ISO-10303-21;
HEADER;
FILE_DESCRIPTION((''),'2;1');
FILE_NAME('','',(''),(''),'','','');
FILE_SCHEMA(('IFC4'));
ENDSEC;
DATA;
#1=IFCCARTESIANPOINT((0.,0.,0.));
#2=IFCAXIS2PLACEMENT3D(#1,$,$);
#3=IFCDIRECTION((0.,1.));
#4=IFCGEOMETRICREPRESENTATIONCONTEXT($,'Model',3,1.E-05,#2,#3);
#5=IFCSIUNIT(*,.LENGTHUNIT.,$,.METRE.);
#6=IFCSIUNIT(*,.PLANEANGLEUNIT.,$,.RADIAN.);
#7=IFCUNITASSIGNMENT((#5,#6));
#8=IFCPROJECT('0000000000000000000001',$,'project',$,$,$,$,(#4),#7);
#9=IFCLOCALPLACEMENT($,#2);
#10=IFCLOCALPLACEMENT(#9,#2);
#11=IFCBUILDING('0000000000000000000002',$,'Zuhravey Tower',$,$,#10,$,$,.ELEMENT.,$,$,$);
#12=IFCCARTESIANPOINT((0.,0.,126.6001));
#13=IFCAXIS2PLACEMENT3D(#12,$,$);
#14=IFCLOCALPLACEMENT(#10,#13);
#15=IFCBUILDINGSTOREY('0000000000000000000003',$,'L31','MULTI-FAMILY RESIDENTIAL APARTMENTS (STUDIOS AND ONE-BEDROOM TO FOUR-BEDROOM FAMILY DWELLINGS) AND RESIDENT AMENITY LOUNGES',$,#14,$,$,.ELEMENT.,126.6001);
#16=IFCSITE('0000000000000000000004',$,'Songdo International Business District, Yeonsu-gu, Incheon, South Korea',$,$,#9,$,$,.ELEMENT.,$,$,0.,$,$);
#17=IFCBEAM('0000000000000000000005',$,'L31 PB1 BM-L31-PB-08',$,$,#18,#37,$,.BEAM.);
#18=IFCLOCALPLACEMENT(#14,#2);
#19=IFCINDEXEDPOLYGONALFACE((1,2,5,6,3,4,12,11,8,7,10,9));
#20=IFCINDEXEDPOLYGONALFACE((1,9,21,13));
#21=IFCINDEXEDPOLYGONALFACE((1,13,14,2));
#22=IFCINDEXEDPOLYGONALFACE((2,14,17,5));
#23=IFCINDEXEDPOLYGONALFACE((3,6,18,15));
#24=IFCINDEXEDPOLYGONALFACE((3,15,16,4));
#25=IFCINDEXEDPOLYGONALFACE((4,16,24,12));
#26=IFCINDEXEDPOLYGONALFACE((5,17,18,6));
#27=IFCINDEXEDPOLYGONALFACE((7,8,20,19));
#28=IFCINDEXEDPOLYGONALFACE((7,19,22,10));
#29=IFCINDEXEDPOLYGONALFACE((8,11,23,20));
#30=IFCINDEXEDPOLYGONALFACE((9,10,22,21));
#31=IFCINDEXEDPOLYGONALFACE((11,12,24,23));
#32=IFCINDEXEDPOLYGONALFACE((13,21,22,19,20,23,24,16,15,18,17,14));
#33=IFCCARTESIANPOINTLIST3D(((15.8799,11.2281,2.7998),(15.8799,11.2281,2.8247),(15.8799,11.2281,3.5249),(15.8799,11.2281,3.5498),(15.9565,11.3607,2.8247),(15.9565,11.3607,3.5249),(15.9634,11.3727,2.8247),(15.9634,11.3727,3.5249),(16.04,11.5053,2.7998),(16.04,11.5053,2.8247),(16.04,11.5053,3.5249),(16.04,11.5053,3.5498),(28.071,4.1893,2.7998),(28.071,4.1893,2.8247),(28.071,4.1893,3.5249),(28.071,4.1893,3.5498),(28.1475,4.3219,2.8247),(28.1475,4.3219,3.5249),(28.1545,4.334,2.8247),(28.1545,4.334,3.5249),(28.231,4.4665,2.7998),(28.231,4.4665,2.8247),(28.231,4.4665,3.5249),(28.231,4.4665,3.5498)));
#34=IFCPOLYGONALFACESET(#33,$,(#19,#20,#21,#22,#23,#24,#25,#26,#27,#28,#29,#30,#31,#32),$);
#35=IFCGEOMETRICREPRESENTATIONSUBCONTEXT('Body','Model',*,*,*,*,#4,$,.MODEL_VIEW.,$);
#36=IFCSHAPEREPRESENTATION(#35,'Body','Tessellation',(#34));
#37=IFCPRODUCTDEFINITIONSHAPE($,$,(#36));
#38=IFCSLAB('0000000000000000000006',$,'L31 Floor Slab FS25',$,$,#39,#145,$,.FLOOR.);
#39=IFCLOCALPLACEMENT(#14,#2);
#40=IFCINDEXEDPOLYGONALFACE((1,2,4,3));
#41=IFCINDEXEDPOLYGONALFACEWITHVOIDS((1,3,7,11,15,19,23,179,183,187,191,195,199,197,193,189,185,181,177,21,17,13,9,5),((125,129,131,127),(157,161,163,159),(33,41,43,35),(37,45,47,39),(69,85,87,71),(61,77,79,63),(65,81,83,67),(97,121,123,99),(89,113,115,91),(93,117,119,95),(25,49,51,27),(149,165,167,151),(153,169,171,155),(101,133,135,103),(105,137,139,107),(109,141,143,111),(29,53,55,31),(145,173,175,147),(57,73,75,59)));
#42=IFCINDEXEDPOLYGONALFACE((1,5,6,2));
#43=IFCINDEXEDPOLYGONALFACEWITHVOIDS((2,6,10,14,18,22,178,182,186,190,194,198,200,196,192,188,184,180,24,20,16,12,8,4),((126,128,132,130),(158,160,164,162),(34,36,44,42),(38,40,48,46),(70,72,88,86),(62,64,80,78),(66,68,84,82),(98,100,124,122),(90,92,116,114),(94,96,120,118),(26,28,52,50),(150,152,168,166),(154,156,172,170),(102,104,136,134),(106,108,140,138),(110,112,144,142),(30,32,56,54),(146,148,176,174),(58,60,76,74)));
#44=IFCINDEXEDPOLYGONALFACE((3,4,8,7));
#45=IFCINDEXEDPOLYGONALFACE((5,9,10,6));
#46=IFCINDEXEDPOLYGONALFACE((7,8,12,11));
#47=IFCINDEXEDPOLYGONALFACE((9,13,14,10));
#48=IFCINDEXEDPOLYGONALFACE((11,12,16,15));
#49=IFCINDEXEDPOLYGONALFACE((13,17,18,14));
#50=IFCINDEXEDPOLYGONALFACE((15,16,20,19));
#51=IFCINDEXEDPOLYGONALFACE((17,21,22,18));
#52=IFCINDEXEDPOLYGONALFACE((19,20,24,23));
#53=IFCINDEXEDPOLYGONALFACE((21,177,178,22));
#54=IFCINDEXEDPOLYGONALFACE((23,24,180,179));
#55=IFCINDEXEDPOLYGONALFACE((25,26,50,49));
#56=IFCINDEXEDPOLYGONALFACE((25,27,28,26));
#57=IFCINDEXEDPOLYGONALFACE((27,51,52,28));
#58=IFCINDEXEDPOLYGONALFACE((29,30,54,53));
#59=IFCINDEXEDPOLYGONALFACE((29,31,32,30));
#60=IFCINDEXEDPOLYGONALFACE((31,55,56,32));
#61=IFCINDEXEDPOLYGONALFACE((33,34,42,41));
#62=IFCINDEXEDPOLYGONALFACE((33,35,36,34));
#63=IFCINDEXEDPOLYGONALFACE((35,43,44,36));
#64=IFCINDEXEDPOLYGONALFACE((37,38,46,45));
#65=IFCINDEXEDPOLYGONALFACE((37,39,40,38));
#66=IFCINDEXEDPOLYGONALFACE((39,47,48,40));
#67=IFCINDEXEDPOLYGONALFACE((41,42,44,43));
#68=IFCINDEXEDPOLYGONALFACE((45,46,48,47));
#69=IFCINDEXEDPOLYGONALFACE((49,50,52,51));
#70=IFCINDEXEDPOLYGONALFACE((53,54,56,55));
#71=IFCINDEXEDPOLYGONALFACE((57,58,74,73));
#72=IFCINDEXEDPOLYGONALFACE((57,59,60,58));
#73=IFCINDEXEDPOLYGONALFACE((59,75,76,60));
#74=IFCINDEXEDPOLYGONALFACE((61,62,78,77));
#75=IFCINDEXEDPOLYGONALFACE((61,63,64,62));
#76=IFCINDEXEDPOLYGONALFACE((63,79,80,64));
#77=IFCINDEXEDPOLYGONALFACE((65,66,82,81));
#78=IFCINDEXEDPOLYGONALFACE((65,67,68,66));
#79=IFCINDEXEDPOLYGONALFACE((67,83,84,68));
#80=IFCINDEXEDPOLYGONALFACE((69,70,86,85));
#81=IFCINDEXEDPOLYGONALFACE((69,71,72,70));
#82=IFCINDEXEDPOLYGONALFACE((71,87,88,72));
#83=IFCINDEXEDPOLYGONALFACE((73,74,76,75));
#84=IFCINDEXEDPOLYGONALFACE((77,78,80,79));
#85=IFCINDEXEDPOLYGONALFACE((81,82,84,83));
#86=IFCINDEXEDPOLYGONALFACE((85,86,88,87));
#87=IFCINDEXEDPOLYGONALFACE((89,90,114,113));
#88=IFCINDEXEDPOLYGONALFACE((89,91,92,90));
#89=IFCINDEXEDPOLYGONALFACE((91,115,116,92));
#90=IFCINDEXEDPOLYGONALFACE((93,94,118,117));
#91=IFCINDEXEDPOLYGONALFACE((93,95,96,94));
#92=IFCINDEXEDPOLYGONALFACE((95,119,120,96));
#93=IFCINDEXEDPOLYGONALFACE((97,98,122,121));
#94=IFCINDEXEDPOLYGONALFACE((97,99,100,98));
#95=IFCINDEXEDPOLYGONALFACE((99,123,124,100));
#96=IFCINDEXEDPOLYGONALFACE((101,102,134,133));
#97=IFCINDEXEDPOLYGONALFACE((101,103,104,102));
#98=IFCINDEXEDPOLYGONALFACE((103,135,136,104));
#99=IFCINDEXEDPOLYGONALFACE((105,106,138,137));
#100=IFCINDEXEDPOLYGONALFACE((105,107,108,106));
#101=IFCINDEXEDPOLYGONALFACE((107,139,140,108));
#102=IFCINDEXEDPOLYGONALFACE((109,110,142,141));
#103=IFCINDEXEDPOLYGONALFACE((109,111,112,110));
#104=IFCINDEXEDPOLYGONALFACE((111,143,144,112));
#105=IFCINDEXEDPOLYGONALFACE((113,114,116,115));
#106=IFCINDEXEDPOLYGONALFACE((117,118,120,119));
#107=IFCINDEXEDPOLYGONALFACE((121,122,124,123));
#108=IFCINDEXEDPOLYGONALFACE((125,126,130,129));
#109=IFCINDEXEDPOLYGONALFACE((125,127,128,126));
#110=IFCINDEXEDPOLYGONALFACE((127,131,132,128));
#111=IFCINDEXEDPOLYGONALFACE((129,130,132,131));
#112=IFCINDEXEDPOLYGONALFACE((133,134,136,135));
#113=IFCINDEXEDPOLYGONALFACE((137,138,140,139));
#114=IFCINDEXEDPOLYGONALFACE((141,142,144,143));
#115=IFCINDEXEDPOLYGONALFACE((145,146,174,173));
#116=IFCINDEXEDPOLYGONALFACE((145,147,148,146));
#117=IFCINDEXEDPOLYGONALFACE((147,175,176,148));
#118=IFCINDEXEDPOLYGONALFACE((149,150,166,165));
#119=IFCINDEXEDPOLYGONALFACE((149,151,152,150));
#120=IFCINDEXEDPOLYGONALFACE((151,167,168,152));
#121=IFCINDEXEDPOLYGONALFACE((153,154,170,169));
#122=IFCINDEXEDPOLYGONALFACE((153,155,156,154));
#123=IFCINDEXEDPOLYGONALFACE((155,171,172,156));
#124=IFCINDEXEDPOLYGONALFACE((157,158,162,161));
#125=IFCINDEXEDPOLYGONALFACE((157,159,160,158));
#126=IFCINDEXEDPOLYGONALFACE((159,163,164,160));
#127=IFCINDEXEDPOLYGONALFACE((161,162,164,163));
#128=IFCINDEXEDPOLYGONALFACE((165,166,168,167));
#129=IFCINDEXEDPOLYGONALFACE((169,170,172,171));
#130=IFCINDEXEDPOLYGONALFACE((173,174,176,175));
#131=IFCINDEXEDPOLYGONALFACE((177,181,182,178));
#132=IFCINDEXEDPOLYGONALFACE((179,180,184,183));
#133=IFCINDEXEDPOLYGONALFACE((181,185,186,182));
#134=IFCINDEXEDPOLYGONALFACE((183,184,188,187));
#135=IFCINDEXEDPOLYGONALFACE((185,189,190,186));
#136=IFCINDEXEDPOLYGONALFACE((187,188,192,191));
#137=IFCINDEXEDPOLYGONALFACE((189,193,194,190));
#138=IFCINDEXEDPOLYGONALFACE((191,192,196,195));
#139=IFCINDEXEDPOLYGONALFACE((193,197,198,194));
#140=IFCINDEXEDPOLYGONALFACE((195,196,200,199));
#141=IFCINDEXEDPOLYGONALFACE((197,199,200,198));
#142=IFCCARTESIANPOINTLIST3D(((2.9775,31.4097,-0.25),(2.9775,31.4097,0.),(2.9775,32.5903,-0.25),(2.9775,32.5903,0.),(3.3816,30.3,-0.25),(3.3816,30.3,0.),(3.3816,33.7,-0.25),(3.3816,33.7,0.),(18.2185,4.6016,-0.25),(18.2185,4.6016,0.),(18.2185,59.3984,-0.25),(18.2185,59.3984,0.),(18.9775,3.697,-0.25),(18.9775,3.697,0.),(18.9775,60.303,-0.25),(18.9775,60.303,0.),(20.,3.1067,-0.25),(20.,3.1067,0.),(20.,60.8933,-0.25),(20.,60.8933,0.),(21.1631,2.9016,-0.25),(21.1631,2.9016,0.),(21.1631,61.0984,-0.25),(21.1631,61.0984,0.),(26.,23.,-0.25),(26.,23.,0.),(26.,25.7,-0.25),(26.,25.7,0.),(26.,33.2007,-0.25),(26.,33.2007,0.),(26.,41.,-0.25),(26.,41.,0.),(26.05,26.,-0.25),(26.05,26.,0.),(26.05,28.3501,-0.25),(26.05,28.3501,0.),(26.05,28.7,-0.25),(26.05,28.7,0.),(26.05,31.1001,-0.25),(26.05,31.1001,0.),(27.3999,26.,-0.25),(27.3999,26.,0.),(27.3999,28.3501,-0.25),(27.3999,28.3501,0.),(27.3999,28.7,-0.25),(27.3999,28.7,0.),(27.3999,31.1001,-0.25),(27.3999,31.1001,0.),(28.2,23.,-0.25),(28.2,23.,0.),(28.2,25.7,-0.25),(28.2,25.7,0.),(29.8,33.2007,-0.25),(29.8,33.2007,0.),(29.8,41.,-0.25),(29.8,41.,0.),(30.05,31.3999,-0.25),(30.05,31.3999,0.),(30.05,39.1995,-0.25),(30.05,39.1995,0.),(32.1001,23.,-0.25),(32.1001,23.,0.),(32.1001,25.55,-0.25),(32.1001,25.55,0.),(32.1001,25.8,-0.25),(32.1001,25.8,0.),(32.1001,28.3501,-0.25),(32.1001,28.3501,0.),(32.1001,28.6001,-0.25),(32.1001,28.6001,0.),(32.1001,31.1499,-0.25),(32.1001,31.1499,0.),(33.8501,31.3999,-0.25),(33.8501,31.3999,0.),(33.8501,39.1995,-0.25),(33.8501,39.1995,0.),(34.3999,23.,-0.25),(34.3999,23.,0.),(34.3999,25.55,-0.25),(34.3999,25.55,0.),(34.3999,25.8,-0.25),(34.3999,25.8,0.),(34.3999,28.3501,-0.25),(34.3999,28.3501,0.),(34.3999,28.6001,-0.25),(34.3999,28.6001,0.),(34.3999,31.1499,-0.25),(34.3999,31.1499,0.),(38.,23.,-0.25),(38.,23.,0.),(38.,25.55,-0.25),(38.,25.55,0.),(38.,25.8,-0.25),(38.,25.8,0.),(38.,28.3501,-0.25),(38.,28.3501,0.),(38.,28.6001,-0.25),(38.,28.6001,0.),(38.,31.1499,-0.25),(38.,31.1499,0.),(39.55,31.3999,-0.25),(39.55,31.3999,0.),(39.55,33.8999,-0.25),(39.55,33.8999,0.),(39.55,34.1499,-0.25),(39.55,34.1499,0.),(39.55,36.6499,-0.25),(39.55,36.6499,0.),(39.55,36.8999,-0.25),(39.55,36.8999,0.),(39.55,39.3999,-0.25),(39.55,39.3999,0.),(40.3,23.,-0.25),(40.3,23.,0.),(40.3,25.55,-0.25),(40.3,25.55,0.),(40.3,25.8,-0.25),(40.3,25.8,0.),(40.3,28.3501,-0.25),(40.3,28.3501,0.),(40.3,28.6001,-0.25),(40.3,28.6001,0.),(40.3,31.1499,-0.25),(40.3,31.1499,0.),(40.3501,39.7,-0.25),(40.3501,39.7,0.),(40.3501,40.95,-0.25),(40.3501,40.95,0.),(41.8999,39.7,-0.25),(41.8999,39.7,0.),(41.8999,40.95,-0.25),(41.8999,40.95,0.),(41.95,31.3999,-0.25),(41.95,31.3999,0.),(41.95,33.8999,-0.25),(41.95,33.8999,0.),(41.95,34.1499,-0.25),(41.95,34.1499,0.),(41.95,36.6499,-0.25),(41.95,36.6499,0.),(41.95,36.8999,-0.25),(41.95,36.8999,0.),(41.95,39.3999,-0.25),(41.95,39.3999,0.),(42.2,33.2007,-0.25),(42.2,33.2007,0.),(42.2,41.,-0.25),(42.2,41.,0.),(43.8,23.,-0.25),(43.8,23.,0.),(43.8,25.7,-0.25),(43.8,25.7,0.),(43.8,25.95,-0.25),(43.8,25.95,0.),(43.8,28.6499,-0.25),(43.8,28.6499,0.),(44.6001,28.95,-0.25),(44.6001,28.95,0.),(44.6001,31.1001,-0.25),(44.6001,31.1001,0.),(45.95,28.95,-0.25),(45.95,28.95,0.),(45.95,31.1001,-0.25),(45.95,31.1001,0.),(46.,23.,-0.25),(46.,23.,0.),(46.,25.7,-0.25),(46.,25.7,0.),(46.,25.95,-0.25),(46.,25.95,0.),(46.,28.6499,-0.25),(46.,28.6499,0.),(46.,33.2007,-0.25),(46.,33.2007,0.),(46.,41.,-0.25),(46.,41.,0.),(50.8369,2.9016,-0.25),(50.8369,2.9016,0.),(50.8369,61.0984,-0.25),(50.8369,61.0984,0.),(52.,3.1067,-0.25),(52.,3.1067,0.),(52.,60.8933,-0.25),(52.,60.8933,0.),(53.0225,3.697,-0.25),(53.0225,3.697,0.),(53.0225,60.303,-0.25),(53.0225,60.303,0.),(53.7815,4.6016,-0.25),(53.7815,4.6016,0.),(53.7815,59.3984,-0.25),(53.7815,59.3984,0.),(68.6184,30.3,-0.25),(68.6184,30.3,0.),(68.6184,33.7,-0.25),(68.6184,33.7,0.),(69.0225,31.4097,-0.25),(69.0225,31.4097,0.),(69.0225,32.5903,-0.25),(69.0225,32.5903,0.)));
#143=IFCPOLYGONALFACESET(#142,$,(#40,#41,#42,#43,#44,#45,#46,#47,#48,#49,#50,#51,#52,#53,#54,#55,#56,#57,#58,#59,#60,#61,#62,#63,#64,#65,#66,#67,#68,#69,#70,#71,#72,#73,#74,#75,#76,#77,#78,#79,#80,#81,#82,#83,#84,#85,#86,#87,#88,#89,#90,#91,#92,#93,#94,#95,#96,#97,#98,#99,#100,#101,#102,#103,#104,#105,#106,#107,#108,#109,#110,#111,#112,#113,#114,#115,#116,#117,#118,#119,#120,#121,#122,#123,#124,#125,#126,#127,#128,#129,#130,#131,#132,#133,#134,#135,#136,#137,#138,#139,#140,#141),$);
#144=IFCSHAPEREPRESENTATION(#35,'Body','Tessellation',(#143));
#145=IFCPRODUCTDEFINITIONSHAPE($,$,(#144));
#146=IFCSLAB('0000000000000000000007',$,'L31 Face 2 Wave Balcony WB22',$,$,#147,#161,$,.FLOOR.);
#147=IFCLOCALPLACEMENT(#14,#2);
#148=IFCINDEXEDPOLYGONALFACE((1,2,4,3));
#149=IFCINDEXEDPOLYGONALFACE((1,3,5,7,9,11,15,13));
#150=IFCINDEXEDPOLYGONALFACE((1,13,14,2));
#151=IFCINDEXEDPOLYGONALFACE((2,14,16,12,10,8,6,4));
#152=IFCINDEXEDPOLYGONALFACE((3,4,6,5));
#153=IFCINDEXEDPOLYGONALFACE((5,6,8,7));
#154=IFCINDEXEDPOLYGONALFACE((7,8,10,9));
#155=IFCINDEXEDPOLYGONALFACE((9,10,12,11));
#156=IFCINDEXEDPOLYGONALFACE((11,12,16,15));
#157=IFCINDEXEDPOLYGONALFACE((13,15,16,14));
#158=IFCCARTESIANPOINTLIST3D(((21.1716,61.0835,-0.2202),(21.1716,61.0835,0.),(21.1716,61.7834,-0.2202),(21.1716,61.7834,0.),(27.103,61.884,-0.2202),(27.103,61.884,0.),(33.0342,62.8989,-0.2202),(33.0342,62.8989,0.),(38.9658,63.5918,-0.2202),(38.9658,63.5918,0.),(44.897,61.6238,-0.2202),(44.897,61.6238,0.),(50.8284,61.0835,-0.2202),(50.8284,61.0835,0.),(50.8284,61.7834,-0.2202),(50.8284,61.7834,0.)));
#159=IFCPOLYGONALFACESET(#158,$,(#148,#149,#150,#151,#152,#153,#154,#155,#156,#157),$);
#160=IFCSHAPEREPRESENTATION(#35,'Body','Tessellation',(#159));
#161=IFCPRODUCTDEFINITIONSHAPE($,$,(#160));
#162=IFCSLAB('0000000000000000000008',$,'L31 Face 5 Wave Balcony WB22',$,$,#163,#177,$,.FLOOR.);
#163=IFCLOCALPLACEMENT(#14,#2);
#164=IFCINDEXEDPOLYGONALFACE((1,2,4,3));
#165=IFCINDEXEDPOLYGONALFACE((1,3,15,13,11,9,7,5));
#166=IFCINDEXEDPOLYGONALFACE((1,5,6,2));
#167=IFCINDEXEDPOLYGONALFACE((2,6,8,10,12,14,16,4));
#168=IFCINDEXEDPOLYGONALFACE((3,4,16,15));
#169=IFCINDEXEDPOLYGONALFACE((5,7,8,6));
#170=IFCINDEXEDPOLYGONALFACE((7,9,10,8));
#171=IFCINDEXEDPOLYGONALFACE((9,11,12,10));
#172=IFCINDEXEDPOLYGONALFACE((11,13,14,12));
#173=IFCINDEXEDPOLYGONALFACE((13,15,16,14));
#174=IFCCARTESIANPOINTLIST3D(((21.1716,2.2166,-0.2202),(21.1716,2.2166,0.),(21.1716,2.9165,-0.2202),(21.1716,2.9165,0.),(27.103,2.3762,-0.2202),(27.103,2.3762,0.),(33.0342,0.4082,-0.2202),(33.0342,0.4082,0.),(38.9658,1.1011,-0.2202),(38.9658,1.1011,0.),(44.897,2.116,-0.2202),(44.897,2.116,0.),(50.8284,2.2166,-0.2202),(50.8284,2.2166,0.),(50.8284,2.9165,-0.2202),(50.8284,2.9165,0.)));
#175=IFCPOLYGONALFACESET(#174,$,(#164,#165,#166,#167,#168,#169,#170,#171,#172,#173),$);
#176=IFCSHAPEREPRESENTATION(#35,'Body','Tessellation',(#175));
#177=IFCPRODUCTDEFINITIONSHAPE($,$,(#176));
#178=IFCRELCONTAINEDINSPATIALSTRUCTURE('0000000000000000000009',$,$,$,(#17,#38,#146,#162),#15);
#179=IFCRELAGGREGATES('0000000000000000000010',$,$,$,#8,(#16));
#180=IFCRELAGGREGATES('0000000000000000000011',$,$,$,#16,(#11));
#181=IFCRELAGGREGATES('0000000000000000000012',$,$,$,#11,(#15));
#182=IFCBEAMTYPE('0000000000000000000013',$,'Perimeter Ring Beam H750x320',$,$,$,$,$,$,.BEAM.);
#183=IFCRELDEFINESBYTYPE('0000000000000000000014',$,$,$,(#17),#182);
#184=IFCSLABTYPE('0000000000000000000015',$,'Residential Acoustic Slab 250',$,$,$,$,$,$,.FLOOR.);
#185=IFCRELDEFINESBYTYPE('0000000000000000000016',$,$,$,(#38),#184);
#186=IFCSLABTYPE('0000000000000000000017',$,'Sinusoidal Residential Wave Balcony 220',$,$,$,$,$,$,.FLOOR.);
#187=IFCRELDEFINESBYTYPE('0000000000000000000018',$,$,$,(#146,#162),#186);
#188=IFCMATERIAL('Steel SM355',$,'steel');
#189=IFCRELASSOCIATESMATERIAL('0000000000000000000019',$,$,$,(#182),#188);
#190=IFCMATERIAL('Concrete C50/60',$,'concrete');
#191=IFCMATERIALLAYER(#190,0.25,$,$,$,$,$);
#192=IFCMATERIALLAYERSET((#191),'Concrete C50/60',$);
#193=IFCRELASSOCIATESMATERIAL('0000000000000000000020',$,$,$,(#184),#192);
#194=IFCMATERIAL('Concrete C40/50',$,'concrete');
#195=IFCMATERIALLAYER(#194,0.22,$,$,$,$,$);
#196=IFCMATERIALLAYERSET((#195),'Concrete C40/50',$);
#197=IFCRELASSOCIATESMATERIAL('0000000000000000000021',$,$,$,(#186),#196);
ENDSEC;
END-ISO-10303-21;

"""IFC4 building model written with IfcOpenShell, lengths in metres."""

from ifc_helpers import new_model, si_unit, direction, frame, origin, origin_2d, place, context, subcontext, project, spatial, polyline, i_section, outline, extrude, material, layer, layer_set, material_profile, profile_set, type_object, element, save


model = new_model("IFC4")

# Units and contexts
model_context = context("Model", 3, precision=1e-05, world=origin(), true_north=direction((0.0, 1.0)))
body_context = subcontext(model_context, "Body", "Model", "MODEL_VIEW")
ifc_project = project(units=[si_unit("LENGTHUNIT", "METRE"), si_unit("PLANEANGLEUNIT", "RADIAN")], contexts=[model_context])

# Site, building, storey
site_placement = place(None, origin())
site = spatial("IfcSite", under=ifc_project, at=site_placement, Name="Songdo International Business District, Yeonsu-gu, Incheon, South Korea", CompositionType="ELEMENT", RefElevation=0.0)
building_placement = place(site_placement, origin())
building = spatial("IfcBuilding", under=site, at=building_placement, Name="Zuhravey Tower", CompositionType="ELEMENT")
storey_placement = place(building_placement, frame((0.0, 0.0, 126.6001)))
storey = spatial("IfcBuildingStorey", under=building, at=storey_placement, Name="L31", Description="MULTI-FAMILY RESIDENTIAL APARTMENTS (STUDIOS AND ONE-BEDROOM TO FOUR-BEDROOM FAMILY DWELLINGS) AND RESIDENT AMENITY LOUNGES", CompositionType="ELEMENT", Elevation=126.6001)

# Beam
ifc_material_1 = material(Name="Steel SM355", Category="steel")
ifc_material_profile_1 = material_profile(ifc_material_1, i_section(OverallWidth=0.3201, OverallDepth=0.75, WebThickness=0.0139, FlangeThickness=0.0249, at=origin_2d()), Name="H-750x320x14x25")
ifc_profile_set_1 = profile_set([ifc_material_profile_1], Name="Steel SM355")
beam_type_1 = type_object("IfcBeamType", Name="Perimeter Ring Beam H750x320", PredefinedType="BEAM", material=ifc_profile_set_1)
beam_1_placement = place(storey_placement, frame((15.96, 11.3667, 3.1748), z_axis=(0.866018, -0.500013, 0.0), x_axis=(0.500013, 0.866018, 0.0)))
element("IfcBeam", 1, at=beam_1_placement, inside=storey, type_object=beam_type_1, Name="L31 PB1 BM-L31-PB-08", PredefinedType="BEAM", context=body_context, shape_type="SweptSolid", body=[
    extrude(i_section(OverallWidth=0.3201, OverallDepth=0.75, WebThickness=0.0139, FlangeThickness=0.0249, at=origin_2d()), origin(), (0.0, 0.0, 1.0), 14.0771),
])

# Slabs
ifc_material_2 = material(Name="Concrete C50/60", Category="concrete")
ifc_layer_1 = layer(ifc_material_2, 0.25)
ifc_layer_set_1 = layer_set([ifc_layer_1], Name="Concrete C50/60")
slab_type_1 = type_object("IfcSlabType", Name="Residential Acoustic Slab 250", PredefinedType="FLOOR", material=ifc_layer_set_1)
slab_1_placement = place(storey_placement, frame((0.0, 0.0, -0.25)))
element("IfcSlab", 2, at=slab_1_placement, inside=storey, type_object=slab_type_1, Name="L31 Floor Slab FS25", PredefinedType="FLOOR", context=body_context, shape_type="SweptSolid", body=[
    extrude(outline(polyline([(68.6184, 30.3), (69.0225, 31.4097), (69.0225, 32.5903), (68.6184, 33.7), (53.7815, 59.3984), (53.0225, 60.303), (52.0, 60.8933), (50.8369, 61.0984), (21.1631, 61.0984), (20.0, 60.8933), (18.9775, 60.303), (18.2185, 59.3984), (3.3816, 33.7), (2.9775, 32.5903), (2.9775, 31.4097), (3.3816, 30.3), (18.2185, 4.6016), (18.9775, 3.697), (20.0, 3.1067), (21.1631, 2.9016), (50.8369, 2.9016), (52.0, 3.1067), (53.0225, 3.697), (53.7815, 4.6016), (68.6184, 30.3)]), holes=[polyline([(29.8, 33.2007), (29.8, 41.0), (26.0, 41.0), (26.0, 33.2007), (29.8, 33.2007)]), polyline([(46.0, 33.2007), (46.0, 41.0), (42.2, 41.0), (42.2, 33.2007), (46.0, 33.2007)]), polyline([(30.05, 39.1995), (30.05, 31.3999), (33.8501, 31.3999), (33.8501, 39.1995), (30.05, 39.1995)]), polyline([(32.1001, 23.0), (34.3999, 23.0), (34.3999, 25.55), (32.1001, 25.55), (32.1001, 23.0)]), polyline([(32.1001, 25.8), (34.3999, 25.8), (34.3999, 28.3501), (32.1001, 28.3501), (32.1001, 25.8)]), polyline([(32.1001, 28.6001), (34.3999, 28.6001), (34.3999, 31.1499), (32.1001, 31.1499), (32.1001, 28.6001)]), polyline([(38.0, 23.0), (40.3, 23.0), (40.3, 25.55), (38.0, 25.55), (38.0, 23.0)]), polyline([(38.0, 25.8), (40.3, 25.8), (40.3, 28.3501), (38.0, 28.3501), (38.0, 25.8)]), polyline([(38.0, 28.6001), (40.3, 28.6001), (40.3, 31.1499), (38.0, 31.1499), (38.0, 28.6001)]), polyline([(39.55, 31.3999), (41.95, 31.3999), (41.95, 33.8999), (39.55, 33.8999), (39.55, 31.3999)]), polyline([(39.55, 34.1499), (41.95, 34.1499), (41.95, 36.6499), (39.55, 36.6499), (39.55, 34.1499)]), polyline([(39.55, 36.8999), (41.95, 36.8999), (41.95, 39.3999), (39.55, 39.3999), (39.55, 36.8999)]), polyline([(26.0, 23.0), (28.2, 23.0), (28.2, 25.7), (26.0, 25.7), (26.0, 23.0)]), polyline([(43.8, 23.0), (46.0, 23.0), (46.0, 25.7), (43.8, 25.7), (43.8, 23.0)]), polyline([(43.8, 25.95), (46.0, 25.95), (46.0, 28.6499), (43.8, 28.6499), (43.8, 25.95)]), polyline([(26.05, 26.0), (27.3999, 26.0), (27.3999, 28.3501), (26.05, 28.3501), (26.05, 26.0)]), polyline([(26.05, 28.7), (27.3999, 28.7), (27.3999, 31.1001), (26.05, 31.1001), (26.05, 28.7)]), polyline([(44.6001, 28.95), (45.95, 28.95), (45.95, 31.1001), (44.6001, 31.1001), (44.6001, 28.95)]), polyline([(40.3501, 39.7), (41.8999, 39.7), (41.8999, 40.95), (40.3501, 40.95), (40.3501, 39.7)])]), origin(), (0.0, 0.0, 1.0), 0.25),
])
ifc_material_3 = material(Name="Concrete C40/50", Category="concrete")
ifc_layer_2 = layer(ifc_material_3, 0.22)
ifc_layer_set_2 = layer_set([ifc_layer_2], Name="Concrete C40/50")
slab_type_2 = type_object("IfcSlabType", Name="Sinusoidal Residential Wave Balcony 220", PredefinedType="FLOOR", material=ifc_layer_set_2)
slab_2_placement = place(storey_placement, frame((0.0, 0.0, -0.2202)))
element("IfcSlab", 3, at=slab_2_placement, inside=storey, type_object=slab_type_2, Name="L31 Face 2 Wave Balcony WB22", PredefinedType="FLOOR", context=body_context, shape_type="SweptSolid", body=[
    extrude(outline(polyline([(50.8284, 61.0835), (21.1716, 61.0835), (21.1716, 61.7834), (27.103, 61.884), (33.0342, 62.8989), (38.9658, 63.5918), (44.897, 61.6238), (50.8284, 61.7834), (50.8284, 61.0835)])), origin(), (0.0, 0.0, 1.0), 0.2202),
])
slab_3_placement = place(storey_placement, frame((0.0, 0.0, -0.2202)))
element("IfcSlab", 4, at=slab_3_placement, inside=storey, type_object=slab_type_2, Name="L31 Face 5 Wave Balcony WB22", PredefinedType="FLOOR", context=body_context, shape_type="SweptSolid", body=[
    extrude(outline(polyline([(21.1716, 2.9165), (50.8284, 2.9165), (50.8284, 2.2166), (44.897, 2.116), (38.9658, 1.1011), (33.0342, 0.4082), (27.103, 2.3762), (21.1716, 2.2166), (21.1716, 2.9165)])), origin(), (0.0, 0.0, 1.0), 0.2202),
])

save(model, "model.ifc")
